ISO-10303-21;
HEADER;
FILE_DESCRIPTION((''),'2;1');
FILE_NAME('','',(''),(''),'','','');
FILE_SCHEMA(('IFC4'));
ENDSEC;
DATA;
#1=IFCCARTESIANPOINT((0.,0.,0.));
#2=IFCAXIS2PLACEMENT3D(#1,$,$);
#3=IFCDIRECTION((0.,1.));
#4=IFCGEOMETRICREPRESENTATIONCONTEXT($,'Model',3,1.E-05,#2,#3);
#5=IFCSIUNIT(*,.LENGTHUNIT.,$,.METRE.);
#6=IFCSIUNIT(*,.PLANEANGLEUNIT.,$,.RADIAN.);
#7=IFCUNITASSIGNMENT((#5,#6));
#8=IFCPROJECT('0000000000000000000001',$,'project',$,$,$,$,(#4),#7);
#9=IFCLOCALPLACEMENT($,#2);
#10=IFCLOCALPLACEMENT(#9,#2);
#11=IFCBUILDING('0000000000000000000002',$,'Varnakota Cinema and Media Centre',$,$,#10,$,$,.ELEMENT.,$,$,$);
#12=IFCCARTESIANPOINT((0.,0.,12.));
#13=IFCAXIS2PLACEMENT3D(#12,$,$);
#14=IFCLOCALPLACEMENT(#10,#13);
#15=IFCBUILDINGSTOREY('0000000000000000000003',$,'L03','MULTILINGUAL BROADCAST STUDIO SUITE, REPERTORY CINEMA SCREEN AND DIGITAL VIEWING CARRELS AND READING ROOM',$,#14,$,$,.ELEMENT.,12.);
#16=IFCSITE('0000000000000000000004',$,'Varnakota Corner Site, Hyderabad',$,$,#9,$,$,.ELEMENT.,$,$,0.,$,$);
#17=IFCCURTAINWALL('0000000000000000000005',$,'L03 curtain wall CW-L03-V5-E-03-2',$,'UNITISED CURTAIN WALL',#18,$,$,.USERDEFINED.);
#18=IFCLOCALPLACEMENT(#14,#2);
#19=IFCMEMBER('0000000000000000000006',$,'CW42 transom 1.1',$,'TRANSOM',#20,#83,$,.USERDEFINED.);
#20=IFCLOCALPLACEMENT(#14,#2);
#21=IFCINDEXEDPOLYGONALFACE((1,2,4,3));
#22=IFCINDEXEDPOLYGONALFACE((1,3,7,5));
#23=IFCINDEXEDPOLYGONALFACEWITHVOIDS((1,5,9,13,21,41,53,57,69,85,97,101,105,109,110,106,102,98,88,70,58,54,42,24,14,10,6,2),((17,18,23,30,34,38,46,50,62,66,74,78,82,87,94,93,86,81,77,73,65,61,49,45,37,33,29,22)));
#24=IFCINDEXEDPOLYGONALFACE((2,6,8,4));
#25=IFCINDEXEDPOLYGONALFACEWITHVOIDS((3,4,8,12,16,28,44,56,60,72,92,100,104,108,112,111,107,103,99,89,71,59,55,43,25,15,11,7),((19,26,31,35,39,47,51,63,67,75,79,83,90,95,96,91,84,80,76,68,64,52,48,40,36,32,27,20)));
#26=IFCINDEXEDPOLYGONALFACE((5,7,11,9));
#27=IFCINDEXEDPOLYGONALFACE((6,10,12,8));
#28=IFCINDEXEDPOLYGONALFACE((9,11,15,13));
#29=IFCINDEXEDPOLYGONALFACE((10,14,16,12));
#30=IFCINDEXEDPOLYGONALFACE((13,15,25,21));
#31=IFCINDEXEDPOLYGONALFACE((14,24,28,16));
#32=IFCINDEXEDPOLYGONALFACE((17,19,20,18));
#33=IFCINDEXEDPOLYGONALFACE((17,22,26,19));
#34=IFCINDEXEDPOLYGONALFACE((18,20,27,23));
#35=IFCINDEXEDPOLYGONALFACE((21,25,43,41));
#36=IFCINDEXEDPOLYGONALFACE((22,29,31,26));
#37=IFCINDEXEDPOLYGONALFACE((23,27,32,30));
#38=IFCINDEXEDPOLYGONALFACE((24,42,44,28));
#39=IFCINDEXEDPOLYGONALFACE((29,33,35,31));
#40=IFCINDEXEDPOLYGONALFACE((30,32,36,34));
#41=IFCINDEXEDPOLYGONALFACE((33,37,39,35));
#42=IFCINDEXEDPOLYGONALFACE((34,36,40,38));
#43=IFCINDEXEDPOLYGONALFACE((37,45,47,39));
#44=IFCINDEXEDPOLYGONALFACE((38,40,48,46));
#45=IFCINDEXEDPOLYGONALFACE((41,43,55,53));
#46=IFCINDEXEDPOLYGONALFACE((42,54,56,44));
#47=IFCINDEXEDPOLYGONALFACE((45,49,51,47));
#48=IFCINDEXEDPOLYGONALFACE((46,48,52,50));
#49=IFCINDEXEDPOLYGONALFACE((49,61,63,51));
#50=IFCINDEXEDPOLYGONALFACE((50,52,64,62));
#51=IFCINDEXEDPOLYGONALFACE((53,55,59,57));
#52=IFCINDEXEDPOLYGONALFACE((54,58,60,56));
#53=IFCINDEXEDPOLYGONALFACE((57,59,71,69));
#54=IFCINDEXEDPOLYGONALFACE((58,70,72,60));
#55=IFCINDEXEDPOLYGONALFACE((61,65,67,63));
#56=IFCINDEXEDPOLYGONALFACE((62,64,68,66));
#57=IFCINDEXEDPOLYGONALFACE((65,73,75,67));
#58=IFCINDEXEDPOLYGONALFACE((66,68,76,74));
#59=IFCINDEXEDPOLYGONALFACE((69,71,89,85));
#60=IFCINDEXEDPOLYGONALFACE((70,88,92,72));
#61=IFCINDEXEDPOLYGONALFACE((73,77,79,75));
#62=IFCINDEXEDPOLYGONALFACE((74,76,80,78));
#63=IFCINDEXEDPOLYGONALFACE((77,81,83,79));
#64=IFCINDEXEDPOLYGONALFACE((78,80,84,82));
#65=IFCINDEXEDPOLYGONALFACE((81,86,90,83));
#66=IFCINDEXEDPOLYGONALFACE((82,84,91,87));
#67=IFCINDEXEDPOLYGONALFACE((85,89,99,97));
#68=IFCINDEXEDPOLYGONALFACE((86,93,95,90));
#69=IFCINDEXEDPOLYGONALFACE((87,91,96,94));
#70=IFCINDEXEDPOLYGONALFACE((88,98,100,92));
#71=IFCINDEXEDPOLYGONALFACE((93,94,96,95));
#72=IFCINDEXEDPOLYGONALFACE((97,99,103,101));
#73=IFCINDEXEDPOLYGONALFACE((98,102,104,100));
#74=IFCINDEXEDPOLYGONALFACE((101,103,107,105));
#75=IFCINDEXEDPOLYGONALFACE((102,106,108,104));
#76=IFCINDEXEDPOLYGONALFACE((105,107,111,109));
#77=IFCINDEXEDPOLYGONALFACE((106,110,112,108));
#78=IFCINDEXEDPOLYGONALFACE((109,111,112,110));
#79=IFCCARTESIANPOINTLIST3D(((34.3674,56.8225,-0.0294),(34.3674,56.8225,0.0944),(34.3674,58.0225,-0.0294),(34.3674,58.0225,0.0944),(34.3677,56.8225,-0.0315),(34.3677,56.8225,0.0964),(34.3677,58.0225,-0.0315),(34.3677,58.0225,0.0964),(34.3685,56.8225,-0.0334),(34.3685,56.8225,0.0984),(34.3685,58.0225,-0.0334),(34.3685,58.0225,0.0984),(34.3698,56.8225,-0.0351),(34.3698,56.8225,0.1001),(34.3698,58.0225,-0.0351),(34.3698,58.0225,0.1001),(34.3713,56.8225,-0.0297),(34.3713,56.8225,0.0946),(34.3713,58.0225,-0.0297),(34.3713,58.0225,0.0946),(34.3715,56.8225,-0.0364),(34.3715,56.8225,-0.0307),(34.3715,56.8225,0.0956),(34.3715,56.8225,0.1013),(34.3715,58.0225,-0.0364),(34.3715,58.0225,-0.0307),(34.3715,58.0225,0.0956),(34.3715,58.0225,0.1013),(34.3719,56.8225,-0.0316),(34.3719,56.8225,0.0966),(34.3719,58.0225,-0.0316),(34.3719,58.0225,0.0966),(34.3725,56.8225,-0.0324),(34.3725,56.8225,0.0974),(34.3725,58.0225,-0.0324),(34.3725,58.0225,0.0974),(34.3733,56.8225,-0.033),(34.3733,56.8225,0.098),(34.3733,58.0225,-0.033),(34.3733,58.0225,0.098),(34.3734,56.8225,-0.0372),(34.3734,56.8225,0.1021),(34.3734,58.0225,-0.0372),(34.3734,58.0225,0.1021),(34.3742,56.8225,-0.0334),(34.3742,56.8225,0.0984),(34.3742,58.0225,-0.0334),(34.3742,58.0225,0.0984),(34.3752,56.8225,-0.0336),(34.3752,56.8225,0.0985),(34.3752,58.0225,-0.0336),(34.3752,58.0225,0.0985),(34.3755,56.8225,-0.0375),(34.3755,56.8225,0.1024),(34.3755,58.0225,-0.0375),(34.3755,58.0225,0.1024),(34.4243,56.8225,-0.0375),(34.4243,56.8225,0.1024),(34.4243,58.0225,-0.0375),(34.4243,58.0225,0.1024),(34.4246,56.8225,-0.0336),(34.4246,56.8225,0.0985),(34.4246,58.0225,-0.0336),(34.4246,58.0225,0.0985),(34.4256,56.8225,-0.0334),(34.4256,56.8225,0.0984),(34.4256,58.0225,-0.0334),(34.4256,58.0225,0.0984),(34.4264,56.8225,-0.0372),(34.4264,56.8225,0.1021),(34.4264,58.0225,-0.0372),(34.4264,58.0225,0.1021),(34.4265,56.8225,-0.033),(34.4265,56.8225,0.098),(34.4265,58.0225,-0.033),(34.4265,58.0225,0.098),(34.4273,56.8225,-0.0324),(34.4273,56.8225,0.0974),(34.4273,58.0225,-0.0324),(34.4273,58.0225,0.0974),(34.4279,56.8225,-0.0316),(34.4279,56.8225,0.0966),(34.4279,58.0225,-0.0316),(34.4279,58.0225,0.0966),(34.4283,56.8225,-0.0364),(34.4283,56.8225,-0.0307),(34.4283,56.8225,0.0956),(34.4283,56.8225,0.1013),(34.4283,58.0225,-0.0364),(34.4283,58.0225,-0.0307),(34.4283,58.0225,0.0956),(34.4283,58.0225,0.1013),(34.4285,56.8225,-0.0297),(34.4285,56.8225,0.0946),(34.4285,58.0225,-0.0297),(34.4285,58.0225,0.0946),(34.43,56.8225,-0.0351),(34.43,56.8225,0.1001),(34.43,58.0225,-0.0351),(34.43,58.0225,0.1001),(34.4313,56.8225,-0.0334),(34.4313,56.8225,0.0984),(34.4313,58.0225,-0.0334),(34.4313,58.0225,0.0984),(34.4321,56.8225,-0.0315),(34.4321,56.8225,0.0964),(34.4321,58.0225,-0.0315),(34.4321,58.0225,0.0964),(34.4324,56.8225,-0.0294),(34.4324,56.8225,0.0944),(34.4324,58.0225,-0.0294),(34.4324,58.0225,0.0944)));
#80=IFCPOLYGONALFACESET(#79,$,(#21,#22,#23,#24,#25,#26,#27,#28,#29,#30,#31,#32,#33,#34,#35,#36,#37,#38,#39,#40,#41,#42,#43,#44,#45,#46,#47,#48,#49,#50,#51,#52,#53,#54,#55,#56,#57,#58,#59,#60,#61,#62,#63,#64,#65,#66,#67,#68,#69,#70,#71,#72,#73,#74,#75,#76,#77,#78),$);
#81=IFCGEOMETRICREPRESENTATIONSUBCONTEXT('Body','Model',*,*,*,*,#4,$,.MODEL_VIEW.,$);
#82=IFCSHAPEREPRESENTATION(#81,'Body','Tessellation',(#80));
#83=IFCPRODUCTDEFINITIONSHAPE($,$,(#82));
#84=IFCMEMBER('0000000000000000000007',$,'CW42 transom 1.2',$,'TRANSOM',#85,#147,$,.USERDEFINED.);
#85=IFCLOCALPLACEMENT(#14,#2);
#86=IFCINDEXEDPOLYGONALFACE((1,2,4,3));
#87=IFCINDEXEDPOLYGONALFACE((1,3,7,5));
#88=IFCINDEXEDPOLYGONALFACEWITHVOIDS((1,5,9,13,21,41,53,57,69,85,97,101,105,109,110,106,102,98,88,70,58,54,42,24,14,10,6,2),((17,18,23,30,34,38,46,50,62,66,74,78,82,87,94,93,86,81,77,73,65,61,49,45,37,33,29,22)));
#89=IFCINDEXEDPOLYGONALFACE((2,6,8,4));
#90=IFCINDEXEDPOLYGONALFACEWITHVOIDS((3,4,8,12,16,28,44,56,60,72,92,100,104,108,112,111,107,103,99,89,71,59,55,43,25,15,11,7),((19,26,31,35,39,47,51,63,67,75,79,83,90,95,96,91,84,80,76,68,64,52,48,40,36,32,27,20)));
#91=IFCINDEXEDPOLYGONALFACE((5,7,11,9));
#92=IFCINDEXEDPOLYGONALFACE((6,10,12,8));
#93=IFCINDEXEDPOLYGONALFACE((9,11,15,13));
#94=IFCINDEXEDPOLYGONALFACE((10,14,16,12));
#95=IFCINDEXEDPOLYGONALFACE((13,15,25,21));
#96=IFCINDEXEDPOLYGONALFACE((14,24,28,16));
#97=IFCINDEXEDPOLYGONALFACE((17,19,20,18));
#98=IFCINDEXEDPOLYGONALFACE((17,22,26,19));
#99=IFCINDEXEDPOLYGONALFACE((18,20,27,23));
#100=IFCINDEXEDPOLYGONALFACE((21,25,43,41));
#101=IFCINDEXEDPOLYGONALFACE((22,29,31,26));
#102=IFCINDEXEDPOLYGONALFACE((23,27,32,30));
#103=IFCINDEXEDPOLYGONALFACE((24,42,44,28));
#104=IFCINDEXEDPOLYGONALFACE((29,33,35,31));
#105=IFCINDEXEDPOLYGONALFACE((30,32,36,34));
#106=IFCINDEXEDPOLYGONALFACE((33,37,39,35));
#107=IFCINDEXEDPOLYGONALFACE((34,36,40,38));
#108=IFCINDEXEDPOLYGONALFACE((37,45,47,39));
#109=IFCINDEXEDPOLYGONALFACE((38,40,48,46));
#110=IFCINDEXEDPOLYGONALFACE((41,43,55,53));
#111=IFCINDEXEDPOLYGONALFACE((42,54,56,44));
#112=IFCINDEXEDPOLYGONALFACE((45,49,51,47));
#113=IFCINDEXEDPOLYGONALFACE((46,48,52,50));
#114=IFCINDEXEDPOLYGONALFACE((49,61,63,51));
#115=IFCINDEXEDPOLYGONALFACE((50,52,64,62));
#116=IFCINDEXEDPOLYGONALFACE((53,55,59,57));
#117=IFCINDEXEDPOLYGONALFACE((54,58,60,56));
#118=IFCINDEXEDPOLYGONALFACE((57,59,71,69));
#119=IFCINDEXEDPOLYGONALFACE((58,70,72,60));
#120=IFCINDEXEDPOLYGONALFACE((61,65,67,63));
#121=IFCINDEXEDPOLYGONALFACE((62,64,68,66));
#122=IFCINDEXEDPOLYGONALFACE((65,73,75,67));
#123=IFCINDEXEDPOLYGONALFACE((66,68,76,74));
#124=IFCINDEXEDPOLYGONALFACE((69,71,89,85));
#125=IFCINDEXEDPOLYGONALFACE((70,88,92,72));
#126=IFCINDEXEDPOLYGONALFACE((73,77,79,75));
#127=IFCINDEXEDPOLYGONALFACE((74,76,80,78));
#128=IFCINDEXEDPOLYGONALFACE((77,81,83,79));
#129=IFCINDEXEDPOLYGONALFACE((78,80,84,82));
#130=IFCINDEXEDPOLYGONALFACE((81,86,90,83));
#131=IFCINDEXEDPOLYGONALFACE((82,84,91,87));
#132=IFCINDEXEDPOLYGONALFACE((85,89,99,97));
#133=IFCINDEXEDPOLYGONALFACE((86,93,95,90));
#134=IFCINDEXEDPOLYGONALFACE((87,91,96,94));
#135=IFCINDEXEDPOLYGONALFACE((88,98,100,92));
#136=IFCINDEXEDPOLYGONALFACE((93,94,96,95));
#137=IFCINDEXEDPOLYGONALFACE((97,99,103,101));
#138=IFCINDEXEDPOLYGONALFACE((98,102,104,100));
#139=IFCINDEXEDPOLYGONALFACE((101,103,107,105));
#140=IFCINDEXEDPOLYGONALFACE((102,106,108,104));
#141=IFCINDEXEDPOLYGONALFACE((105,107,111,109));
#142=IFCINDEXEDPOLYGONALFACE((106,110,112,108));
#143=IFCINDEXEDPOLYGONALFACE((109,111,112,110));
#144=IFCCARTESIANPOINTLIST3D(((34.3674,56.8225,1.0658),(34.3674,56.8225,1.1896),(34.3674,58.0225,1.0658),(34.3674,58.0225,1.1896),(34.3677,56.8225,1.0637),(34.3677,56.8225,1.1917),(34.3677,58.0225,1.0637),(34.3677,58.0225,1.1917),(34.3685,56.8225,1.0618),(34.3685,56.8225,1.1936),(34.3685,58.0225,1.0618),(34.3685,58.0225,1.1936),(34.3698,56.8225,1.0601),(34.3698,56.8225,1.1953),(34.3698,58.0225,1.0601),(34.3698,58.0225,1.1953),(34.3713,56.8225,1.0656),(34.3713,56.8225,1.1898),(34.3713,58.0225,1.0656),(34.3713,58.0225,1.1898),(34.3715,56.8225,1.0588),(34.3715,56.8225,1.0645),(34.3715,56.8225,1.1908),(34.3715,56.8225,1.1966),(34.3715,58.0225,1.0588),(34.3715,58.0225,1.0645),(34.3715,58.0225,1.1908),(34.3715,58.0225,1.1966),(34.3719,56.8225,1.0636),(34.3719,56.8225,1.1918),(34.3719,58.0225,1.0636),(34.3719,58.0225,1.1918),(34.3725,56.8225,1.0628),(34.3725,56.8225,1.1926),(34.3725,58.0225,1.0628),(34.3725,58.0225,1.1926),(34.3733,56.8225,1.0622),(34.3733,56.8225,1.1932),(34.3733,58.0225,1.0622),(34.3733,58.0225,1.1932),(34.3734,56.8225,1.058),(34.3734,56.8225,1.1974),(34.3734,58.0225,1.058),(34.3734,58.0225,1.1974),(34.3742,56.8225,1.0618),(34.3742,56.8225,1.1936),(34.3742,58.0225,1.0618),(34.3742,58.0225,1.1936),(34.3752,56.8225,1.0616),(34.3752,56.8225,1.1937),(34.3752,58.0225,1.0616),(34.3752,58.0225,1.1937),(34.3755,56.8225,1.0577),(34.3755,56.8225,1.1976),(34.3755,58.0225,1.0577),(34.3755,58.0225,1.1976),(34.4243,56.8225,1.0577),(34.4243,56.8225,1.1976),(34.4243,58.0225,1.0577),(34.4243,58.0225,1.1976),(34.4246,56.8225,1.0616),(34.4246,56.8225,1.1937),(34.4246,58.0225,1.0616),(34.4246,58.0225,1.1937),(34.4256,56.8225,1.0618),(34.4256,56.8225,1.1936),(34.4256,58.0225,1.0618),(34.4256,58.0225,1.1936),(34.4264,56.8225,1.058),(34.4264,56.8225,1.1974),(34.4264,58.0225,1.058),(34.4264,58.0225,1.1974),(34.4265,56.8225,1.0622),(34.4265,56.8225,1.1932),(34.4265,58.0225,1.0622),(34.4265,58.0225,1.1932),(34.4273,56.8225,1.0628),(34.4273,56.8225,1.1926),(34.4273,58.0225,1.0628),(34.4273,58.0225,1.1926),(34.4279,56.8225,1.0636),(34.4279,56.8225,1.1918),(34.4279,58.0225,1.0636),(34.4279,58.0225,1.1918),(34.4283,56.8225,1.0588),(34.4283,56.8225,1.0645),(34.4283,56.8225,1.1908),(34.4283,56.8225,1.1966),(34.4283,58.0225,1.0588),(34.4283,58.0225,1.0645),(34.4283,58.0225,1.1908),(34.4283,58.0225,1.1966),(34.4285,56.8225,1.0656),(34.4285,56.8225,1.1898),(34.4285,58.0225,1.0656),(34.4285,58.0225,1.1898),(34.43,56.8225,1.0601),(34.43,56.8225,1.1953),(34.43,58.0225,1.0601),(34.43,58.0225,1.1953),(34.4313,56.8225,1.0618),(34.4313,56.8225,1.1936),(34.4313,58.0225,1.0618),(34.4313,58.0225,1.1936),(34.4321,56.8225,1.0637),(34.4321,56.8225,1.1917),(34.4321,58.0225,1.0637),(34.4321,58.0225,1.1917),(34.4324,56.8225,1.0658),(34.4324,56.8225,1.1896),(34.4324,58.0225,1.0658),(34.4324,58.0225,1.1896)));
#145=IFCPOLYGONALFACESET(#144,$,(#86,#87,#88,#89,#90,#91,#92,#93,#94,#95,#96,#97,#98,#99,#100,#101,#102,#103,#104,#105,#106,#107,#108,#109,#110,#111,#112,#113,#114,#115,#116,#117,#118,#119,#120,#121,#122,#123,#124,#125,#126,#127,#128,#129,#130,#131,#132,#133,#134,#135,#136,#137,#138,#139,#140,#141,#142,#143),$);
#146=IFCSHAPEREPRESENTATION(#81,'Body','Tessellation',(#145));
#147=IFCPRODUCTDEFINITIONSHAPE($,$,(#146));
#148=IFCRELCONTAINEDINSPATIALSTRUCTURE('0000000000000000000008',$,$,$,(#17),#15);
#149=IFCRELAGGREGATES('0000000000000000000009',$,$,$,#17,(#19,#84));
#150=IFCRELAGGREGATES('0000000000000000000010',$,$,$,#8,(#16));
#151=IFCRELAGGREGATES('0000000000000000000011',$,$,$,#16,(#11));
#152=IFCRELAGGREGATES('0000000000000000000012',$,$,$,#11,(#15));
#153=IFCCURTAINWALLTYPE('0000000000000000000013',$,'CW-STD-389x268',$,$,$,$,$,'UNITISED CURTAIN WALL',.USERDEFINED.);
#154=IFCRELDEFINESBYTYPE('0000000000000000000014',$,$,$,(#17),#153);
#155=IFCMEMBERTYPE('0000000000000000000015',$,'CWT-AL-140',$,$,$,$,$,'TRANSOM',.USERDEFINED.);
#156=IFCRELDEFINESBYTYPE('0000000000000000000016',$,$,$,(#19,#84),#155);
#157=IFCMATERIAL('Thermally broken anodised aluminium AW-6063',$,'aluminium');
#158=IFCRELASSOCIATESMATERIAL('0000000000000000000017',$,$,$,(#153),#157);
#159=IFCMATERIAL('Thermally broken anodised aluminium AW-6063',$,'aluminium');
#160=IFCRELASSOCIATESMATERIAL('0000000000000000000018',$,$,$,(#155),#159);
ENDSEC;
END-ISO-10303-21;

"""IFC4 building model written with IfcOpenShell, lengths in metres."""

from ifc_helpers import new_model, si_unit, direction, frame, origin, origin_2d, place, context, subcontext, project, spatial, hollow_rectangle, extrude, material, material_profile, profile_set, type_object, element, aggregate, save


model = new_model("IFC4")

# Units and contexts
model_context = context("Model", 3, precision=1e-05, world=origin(), true_north=direction((0.0, 1.0)))
body_context = subcontext(model_context, "Body", "Model", "MODEL_VIEW")
ifc_project = project(units=[si_unit("LENGTHUNIT", "METRE"), si_unit("PLANEANGLEUNIT", "RADIAN")], contexts=[model_context])

# Site, building, storey
site_placement = place(None, origin())
site = spatial("IfcSite", under=ifc_project, at=site_placement, Name="Varnakota Corner Site, Hyderabad", CompositionType="ELEMENT", RefElevation=0.0)
building_placement = place(site_placement, origin())
building = spatial("IfcBuilding", under=site, at=building_placement, Name="Varnakota Cinema and Media Centre", CompositionType="ELEMENT")
storey_placement = place(building_placement, frame((0.0, 0.0, 12.0)))
storey = spatial("IfcBuildingStorey", under=building, at=storey_placement, Name="L03", Description="MULTILINGUAL BROADCAST STUDIO SUITE, REPERTORY CINEMA SCREEN AND DIGITAL VIEWING CARRELS AND READING ROOM", CompositionType="ELEMENT", Elevation=12.0)

# Shared definitions
ifc_material_1 = material(Name="Thermally broken anodised aluminium AW-6063", Category="aluminium")
curtain_wall_type = type_object("IfcCurtainWallType", Name="CW-STD-389x268", ElementType="UNITISED CURTAIN WALL", PredefinedType="USERDEFINED", material=ifc_material_1)

# Curtain wall
curtain_wall_1_placement = place(storey_placement, origin())
curtain_wall_1 = element("IfcCurtainWall", 1, at=curtain_wall_1_placement, inside=storey, type_object=curtain_wall_type, Name="L03 curtain wall CW-L03-V5-E-03-2", ObjectType="UNITISED CURTAIN WALL", PredefinedType="USERDEFINED")

# Members
ifc_material_2 = material(Name="Thermally broken anodised aluminium AW-6063", Category="aluminium")
ifc_material_profile_1 = material_profile(ifc_material_2, hollow_rectangle(XDim=0.0649, YDim=0.1399, WallThickness=0.0039, InnerFilletRadius=0.0039, OuterFilletRadius=0.0081, at=origin_2d()), Name="AL-TRANSOM 140x65x4")
ifc_profile_set_1 = profile_set([ifc_material_profile_1], Name="Thermally broken anodised aluminium AW-6063")
member_type_1 = type_object("IfcMemberType", Name="CWT-AL-140", ElementType="TRANSOM", PredefinedType="USERDEFINED", material=ifc_profile_set_1)
member_1_placement = place(storey_placement, frame((34.3999, 56.8225, 0.0325), z_axis=(0.0, 1.0, 0.0), x_axis=(-1.0, 0.0, 0.0)))
member_1 = element("IfcMember", 2, at=member_1_placement, type_object=member_type_1, Name="CW42 transom 1.1", ObjectType="TRANSOM", PredefinedType="USERDEFINED", context=body_context, shape_type="SweptSolid", body=[
    extrude(hollow_rectangle(XDim=0.0649, YDim=0.1399, WallThickness=0.0039, InnerFilletRadius=0.0039, OuterFilletRadius=0.0081, at=origin_2d()), origin(), (0.0, 0.0, 1.0), 1.2),
])
member_2_placement = place(storey_placement, frame((34.3999, 56.8225, 1.1277), z_axis=(0.0, 1.0, 0.0), x_axis=(-1.0, 0.0, 0.0)))
member_2 = element("IfcMember", 3, at=member_2_placement, type_object=member_type_1, Name="CW42 transom 1.2", ObjectType="TRANSOM", PredefinedType="USERDEFINED", context=body_context, shape_type="SweptSolid", body=[
    extrude(hollow_rectangle(XDim=0.0649, YDim=0.1399, WallThickness=0.0039, InnerFilletRadius=0.0039, OuterFilletRadius=0.0081, at=origin_2d()), origin(), (0.0, 0.0, 1.0), 1.2),
])

aggregate(curtain_wall_1, [member_1, member_2])

save(model, "model.ifc")
